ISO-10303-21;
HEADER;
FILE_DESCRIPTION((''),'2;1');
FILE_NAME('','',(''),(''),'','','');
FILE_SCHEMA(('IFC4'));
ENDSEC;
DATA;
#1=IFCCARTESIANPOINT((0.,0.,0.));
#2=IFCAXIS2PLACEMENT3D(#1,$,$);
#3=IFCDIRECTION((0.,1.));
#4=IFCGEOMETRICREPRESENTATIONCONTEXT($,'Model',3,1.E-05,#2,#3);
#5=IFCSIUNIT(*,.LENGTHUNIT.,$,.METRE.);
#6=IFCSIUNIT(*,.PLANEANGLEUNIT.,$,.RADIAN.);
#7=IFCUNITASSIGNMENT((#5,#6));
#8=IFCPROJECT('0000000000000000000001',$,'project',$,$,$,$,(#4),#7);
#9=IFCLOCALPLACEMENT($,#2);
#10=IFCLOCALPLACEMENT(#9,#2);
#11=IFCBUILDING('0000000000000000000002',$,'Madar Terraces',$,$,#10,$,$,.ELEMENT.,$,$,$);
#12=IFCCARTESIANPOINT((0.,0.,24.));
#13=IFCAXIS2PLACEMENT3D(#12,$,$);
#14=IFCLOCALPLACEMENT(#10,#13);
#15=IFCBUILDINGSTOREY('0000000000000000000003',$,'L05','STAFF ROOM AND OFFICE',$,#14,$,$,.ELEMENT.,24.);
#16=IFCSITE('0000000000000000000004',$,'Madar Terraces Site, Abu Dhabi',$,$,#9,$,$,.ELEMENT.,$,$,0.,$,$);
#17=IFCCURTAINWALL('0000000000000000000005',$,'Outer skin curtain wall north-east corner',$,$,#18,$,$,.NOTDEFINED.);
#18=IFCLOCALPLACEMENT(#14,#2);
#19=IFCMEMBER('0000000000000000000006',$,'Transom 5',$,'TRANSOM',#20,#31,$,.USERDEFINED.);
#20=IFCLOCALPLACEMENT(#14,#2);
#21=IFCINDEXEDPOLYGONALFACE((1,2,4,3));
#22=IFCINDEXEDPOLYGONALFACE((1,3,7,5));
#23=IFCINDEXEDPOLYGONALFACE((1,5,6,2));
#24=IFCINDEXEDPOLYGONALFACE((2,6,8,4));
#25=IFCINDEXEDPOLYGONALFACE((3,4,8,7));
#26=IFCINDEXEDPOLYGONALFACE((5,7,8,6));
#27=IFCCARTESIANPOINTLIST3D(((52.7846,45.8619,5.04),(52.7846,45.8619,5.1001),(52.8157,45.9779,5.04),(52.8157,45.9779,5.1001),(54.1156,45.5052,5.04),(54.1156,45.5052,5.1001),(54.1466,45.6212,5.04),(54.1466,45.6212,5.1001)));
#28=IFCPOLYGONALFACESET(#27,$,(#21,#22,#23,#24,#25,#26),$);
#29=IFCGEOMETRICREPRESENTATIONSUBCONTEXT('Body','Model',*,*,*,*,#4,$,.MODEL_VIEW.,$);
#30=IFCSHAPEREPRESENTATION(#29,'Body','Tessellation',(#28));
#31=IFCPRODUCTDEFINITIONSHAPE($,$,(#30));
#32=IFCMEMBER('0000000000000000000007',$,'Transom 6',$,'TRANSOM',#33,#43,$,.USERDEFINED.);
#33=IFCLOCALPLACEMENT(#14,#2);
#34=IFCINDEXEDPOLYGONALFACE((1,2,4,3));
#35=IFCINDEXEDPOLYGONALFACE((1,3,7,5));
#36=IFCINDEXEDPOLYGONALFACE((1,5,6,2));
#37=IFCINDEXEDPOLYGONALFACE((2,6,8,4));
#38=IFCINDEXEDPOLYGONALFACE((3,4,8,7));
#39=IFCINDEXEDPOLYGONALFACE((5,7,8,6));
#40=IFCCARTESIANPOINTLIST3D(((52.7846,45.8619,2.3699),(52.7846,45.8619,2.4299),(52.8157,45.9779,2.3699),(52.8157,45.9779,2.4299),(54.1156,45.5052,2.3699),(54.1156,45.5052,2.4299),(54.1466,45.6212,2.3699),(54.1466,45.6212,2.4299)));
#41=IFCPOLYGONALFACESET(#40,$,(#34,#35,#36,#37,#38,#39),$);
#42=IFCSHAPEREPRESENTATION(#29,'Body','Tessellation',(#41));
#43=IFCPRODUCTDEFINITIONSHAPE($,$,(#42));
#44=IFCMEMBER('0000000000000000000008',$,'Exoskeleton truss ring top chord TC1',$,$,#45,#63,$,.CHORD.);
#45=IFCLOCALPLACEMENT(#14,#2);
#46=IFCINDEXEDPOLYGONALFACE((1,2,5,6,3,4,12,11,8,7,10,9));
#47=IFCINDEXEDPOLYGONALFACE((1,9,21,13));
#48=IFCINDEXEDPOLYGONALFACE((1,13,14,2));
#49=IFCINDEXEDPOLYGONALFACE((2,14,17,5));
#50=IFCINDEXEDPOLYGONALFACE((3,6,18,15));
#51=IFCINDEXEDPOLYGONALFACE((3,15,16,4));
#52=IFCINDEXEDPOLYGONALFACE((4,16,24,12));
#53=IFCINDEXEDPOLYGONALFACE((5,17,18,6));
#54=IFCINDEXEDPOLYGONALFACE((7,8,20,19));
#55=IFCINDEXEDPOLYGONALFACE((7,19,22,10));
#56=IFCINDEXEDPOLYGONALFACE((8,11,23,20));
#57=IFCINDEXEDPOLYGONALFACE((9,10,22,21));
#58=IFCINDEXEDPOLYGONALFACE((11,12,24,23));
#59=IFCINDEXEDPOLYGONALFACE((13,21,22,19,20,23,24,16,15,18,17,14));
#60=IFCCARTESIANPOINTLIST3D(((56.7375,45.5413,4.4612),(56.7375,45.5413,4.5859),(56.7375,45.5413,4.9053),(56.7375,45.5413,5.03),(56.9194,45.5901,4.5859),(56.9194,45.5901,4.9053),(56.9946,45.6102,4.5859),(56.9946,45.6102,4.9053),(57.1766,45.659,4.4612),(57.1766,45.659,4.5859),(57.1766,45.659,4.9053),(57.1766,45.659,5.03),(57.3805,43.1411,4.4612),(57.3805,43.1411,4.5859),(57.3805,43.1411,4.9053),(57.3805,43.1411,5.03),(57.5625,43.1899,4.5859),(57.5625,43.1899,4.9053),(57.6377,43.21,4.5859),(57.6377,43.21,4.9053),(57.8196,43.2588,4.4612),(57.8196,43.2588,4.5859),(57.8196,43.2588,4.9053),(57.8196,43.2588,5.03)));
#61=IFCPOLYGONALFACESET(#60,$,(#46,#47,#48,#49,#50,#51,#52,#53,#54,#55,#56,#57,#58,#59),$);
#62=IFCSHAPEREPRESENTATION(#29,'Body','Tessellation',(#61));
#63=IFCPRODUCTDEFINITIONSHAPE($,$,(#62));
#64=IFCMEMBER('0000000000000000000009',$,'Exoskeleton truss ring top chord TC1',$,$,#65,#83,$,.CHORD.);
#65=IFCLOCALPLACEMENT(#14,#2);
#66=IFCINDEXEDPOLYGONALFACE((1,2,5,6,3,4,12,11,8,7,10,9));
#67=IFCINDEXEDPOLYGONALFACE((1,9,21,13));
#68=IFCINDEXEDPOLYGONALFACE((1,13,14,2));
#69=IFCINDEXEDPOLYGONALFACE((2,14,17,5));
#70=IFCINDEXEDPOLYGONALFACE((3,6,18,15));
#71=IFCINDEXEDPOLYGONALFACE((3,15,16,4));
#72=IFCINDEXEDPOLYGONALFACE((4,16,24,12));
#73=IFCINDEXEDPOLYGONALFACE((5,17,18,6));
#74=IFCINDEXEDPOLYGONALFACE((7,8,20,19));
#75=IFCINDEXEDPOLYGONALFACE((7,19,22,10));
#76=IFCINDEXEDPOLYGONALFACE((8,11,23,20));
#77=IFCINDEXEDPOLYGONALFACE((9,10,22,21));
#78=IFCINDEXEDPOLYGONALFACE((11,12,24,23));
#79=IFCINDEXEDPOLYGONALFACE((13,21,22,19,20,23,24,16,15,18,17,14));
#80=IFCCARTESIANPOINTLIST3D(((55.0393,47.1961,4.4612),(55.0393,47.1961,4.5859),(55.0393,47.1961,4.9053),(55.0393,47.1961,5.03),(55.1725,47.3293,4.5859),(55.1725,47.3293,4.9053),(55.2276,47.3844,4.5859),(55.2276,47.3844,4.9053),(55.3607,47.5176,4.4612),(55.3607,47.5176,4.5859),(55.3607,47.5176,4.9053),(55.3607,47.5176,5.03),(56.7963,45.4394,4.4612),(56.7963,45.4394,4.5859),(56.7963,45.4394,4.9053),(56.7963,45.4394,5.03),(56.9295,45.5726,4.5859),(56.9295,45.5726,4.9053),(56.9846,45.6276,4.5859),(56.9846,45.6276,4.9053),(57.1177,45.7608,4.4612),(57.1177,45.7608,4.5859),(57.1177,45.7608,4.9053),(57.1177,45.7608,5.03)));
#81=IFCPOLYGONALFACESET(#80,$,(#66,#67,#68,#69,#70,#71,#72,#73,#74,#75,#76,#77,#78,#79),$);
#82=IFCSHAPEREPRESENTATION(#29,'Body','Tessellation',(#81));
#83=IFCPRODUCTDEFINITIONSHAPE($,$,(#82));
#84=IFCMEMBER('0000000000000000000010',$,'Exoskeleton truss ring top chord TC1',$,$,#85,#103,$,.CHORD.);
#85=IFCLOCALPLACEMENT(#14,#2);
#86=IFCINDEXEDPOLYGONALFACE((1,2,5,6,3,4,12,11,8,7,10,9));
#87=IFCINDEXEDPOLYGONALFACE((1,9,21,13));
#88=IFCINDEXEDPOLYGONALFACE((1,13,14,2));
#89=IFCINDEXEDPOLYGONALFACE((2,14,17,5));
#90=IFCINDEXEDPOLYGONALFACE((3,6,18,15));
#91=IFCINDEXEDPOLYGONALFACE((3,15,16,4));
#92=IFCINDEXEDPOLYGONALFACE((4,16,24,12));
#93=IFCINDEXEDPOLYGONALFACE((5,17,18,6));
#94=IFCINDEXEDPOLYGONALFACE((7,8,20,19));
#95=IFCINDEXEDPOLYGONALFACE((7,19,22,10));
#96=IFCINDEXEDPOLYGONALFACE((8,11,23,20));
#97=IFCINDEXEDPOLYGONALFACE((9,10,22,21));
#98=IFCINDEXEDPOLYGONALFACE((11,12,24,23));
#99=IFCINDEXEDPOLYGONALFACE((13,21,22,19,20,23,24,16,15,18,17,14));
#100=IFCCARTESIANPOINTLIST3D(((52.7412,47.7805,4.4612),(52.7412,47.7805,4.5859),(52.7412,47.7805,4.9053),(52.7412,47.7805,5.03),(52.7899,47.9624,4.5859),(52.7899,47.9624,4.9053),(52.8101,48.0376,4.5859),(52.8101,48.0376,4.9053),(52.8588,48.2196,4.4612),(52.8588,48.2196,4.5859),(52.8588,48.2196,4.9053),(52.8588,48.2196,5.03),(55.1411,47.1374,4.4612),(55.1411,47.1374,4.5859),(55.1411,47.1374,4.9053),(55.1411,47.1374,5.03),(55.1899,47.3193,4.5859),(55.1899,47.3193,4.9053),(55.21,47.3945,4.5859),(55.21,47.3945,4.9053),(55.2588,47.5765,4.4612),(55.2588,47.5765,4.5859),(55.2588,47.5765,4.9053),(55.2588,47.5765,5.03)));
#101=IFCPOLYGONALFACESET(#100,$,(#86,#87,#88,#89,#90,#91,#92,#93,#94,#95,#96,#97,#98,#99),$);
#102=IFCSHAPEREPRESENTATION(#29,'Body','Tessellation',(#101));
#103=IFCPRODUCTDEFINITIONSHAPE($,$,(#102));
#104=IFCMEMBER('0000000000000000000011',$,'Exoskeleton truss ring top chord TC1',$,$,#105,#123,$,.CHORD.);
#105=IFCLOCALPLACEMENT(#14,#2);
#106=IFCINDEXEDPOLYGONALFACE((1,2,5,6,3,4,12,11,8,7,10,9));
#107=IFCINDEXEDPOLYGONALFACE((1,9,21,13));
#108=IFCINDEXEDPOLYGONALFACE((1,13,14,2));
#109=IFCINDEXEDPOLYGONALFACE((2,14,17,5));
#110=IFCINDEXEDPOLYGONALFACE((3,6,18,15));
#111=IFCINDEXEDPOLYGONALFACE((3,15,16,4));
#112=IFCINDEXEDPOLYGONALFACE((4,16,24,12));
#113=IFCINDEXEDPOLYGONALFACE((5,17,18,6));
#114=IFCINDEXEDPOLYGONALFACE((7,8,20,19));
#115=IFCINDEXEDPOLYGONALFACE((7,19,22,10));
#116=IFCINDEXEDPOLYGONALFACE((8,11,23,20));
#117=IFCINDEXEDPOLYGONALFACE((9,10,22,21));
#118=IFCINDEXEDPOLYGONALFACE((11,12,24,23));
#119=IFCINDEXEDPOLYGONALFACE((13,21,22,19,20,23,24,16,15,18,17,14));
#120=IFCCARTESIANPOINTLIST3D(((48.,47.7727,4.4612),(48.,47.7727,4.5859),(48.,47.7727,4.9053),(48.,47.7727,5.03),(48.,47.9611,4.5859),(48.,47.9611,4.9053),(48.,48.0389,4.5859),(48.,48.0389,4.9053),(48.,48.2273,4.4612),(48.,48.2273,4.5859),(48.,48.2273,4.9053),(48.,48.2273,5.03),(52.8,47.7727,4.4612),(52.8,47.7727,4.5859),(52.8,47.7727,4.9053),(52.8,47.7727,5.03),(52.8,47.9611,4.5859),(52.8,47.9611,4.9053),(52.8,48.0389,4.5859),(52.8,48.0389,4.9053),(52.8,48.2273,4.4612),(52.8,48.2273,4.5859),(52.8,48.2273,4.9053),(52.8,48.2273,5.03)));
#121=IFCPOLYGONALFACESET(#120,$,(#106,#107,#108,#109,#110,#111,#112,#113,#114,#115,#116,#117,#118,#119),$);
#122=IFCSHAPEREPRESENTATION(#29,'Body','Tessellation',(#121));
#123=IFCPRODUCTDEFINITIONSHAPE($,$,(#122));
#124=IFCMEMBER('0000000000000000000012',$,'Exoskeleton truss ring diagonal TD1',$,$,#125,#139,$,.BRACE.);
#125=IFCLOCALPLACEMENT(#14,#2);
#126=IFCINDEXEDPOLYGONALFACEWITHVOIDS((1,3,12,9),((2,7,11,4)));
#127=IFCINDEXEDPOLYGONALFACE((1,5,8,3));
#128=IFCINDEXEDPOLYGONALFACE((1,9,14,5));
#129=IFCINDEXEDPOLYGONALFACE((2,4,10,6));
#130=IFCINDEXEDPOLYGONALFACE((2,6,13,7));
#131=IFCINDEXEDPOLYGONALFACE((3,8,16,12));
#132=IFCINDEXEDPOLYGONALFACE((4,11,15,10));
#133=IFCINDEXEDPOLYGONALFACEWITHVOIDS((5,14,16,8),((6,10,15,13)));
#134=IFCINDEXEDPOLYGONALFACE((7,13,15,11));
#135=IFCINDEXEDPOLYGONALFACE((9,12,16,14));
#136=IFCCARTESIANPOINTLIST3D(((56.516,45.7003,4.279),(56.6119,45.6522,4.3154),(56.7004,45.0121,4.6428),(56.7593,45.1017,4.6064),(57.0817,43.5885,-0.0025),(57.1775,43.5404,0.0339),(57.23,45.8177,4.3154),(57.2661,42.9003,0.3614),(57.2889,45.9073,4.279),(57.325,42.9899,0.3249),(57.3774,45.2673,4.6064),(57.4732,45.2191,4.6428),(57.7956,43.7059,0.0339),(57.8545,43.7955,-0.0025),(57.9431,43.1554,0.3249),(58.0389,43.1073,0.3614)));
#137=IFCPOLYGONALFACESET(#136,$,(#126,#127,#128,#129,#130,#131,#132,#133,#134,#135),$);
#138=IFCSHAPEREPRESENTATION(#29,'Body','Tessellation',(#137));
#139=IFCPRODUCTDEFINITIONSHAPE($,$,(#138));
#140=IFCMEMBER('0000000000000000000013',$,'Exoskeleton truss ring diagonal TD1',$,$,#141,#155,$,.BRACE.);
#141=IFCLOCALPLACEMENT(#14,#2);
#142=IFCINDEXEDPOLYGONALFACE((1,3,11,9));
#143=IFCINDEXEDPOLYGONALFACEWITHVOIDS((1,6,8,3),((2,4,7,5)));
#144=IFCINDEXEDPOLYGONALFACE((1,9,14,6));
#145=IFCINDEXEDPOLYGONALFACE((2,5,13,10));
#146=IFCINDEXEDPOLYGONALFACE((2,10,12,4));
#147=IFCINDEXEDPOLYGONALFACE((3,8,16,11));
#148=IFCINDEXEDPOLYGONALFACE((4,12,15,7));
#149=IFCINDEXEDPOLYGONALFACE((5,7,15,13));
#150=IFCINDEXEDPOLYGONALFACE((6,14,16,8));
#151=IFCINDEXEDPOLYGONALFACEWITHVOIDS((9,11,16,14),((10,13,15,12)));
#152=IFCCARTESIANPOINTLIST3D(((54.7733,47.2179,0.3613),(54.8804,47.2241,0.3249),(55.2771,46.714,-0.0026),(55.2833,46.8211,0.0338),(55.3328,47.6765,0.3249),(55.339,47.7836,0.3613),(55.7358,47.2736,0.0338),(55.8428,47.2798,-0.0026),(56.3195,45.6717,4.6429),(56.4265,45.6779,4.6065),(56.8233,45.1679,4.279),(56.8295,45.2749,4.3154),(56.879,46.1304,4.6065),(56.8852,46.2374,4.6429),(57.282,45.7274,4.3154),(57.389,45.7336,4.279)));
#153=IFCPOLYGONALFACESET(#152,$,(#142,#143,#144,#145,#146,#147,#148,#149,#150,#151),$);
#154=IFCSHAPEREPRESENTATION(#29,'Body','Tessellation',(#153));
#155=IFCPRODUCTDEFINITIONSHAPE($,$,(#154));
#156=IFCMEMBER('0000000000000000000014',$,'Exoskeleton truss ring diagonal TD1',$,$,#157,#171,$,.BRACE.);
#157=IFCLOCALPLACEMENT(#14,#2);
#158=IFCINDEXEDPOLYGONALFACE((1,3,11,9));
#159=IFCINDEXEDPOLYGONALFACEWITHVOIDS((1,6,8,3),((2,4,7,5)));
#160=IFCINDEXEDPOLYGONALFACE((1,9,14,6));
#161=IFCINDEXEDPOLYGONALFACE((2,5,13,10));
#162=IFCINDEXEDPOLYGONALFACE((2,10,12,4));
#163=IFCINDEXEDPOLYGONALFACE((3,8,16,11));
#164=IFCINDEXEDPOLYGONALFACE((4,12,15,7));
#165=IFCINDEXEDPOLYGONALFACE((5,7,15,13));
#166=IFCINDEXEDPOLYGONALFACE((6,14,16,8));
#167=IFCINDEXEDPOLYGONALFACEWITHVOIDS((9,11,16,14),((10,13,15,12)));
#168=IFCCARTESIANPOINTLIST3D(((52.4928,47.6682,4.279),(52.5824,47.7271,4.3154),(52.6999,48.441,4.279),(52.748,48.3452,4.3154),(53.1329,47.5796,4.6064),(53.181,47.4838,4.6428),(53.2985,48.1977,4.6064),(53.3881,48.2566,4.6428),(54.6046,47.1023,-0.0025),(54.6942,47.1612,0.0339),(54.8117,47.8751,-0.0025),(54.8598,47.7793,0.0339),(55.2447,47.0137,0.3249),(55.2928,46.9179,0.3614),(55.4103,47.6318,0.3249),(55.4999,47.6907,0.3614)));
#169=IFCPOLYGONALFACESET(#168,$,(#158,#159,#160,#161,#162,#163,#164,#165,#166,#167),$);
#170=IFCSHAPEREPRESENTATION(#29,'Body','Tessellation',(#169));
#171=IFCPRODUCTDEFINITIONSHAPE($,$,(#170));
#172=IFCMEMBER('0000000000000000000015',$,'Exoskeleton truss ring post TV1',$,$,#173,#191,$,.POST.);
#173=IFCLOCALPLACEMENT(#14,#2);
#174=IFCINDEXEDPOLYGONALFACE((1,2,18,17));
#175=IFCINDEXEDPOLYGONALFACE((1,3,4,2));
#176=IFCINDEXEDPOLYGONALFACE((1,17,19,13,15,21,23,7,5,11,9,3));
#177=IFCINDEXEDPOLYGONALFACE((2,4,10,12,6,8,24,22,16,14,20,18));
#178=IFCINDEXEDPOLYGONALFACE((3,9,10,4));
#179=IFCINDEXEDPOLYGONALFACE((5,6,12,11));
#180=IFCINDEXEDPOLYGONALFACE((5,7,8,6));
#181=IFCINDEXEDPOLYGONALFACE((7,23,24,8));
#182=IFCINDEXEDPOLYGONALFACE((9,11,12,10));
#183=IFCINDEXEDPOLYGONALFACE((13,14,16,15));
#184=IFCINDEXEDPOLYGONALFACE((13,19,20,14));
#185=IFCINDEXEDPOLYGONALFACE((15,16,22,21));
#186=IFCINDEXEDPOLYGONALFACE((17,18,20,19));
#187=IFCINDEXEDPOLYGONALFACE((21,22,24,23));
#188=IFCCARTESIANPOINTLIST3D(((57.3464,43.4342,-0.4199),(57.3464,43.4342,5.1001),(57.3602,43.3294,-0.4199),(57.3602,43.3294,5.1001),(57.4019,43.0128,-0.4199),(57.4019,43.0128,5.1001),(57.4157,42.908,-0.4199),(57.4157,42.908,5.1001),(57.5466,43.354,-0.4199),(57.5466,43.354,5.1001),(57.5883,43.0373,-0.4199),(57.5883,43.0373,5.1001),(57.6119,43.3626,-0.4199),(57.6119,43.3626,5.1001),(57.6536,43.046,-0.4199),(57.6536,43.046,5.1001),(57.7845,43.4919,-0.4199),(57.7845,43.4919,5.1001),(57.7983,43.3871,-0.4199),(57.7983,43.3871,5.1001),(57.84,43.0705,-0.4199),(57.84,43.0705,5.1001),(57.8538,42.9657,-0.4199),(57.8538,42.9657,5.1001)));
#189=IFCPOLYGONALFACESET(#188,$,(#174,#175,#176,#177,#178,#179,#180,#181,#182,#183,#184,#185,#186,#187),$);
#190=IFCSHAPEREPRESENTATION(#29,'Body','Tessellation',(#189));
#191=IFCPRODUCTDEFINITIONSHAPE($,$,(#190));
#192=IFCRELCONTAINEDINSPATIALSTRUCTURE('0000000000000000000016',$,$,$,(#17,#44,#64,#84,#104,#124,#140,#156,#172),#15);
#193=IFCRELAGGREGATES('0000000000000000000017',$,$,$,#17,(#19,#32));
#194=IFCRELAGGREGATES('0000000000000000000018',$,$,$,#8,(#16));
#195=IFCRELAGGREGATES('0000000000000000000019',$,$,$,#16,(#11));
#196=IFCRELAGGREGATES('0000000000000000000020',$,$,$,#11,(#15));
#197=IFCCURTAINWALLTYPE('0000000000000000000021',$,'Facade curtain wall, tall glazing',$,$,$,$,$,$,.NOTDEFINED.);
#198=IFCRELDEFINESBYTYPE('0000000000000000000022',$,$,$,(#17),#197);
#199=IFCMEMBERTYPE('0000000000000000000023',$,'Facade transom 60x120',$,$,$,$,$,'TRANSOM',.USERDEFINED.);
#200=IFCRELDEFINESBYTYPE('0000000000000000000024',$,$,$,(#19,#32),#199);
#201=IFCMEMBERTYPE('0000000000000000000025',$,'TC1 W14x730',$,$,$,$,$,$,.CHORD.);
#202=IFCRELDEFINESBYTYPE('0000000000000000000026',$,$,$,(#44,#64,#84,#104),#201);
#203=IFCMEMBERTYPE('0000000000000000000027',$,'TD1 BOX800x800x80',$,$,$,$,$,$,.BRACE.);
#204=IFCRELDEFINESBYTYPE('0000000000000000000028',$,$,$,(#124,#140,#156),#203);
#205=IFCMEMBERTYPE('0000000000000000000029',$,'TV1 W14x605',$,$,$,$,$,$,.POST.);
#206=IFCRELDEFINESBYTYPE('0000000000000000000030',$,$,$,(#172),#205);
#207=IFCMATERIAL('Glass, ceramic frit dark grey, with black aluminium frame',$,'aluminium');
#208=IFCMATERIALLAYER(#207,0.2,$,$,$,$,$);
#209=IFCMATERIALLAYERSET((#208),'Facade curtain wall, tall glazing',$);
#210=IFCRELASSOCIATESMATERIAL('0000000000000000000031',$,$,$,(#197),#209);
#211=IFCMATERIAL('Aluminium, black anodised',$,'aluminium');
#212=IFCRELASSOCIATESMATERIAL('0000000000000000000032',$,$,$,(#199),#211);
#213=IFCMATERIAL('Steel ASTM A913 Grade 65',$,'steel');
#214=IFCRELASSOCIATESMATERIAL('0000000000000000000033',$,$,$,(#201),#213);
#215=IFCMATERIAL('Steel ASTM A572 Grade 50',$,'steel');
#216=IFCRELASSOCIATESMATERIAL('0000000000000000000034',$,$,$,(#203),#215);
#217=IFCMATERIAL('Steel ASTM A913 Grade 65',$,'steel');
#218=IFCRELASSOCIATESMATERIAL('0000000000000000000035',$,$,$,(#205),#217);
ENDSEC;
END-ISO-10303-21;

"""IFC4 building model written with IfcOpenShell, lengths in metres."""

from ifc_helpers import new_model, si_unit, direction, frame, origin, origin_2d, place, context, subcontext, project, spatial, rectangle, hollow_rectangle, i_section, extrude, material, layer, layer_set, material_profile, profile_set, type_object, element, aggregate, save


model = new_model("IFC4")

# Units and contexts
model_context = context("Model", 3, precision=1e-05, world=origin(), true_north=direction((0.0, 1.0)))
body_context = subcontext(model_context, "Body", "Model", "MODEL_VIEW")
ifc_project = project(units=[si_unit("LENGTHUNIT", "METRE"), si_unit("PLANEANGLEUNIT", "RADIAN")], contexts=[model_context])

# Site, building, storey
site_placement = place(None, origin())
site = spatial("IfcSite", under=ifc_project, at=site_placement, Name="Madar Terraces Site, Abu Dhabi", CompositionType="ELEMENT", RefElevation=0.0)
building_placement = place(site_placement, origin())
building = spatial("IfcBuilding", under=site, at=building_placement, Name="Madar Terraces", CompositionType="ELEMENT")
storey_placement = place(building_placement, frame((0.0, 0.0, 24.0)))
storey = spatial("IfcBuildingStorey", under=building, at=storey_placement, Name="L05", Description="STAFF ROOM AND OFFICE", CompositionType="ELEMENT", Elevation=24.0)

# Curtain wall
ifc_material_1 = material(Name="Glass, ceramic frit dark grey, with black aluminium frame", Category="aluminium")
ifc_layer_1 = layer(ifc_material_1, 0.2)
ifc_layer_set_1 = layer_set([ifc_layer_1], Name="Facade curtain wall, tall glazing")
curtain_wall_type = type_object("IfcCurtainWallType", Name="Facade curtain wall, tall glazing", PredefinedType="NOTDEFINED", material=ifc_layer_set_1)
curtain_wall_1_placement = place(storey_placement, origin())
curtain_wall_1 = element("IfcCurtainWall", 1, at=curtain_wall_1_placement, inside=storey, type_object=curtain_wall_type, Name="Outer skin curtain wall north-east corner", PredefinedType="NOTDEFINED")
ifc_material_2 = material(Name="Aluminium, black anodised", Category="aluminium")
ifc_material_profile_1 = material_profile(ifc_material_2, rectangle(XDim=0.1201, YDim=0.0601, at=origin_2d()), Name="Facade transom 60x120")
ifc_profile_set_1 = profile_set([ifc_material_profile_1], Name="Aluminium, black anodised")
member_type_1 = type_object("IfcMemberType", Name="Facade transom 60x120", ElementType="TRANSOM", PredefinedType="USERDEFINED", material=ifc_profile_set_1)

# Members
member_1_placement = place(storey_placement, frame((54.1311, 45.5632, 5.0701), z_axis=(-0.96592, 0.258842, 0.0), x_axis=(-0.258842, -0.96592, 0.0)))
member_1 = element("IfcMember", 2, at=member_1_placement, type_object=member_type_1, Name="Transom 5", ObjectType="TRANSOM", PredefinedType="USERDEFINED", context=body_context, shape_type="SweptSolid", body=[
    extrude(rectangle(XDim=0.1201, YDim=0.0601, at=origin_2d()), origin(), (0.0, 0.0, 1.0), 1.3779),
])
member_2_placement = place(storey_placement, frame((54.1311, 45.5632, 2.3999), z_axis=(-0.96592, 0.258842, 0.0), x_axis=(-0.258842, -0.96592, 0.0)))
member_2 = element("IfcMember", 3, at=member_2_placement, type_object=member_type_1, Name="Transom 6", ObjectType="TRANSOM", PredefinedType="USERDEFINED", context=body_context, shape_type="SweptSolid", body=[
    extrude(rectangle(XDim=0.1201, YDim=0.0601, at=origin_2d()), origin(), (0.0, 0.0, 1.0), 1.3779),
])

# Members
ifc_material_3 = material(Name="Steel ASTM A913 Grade 65", Category="steel")
ifc_material_profile_2 = material_profile(ifc_material_3, i_section(OverallWidth=0.4546, OverallDepth=0.5688, WebThickness=0.0779, FlangeThickness=0.1248, at=origin_2d()), Name="W14x730")
ifc_profile_set_2 = profile_set([ifc_material_profile_2], Name="Steel ASTM A913 Grade 65")
member_type_2 = type_object("IfcMemberType", Name="TC1 W14x730", PredefinedType="CHORD", material=ifc_profile_set_2)
member_3_placement = place(storey_placement, frame((57.6001, 43.2, 4.7456), z_axis=(-0.2588, 0.965931, 0.0), x_axis=(-0.965931, -0.2588, 0.0)))
element("IfcMember", 4, at=member_3_placement, inside=storey, type_object=member_type_2, Name="Exoskeleton truss ring top chord TC1", PredefinedType="CHORD", context=body_context, shape_type="SweptSolid", body=[
    extrude(i_section(OverallWidth=0.4546, OverallDepth=0.5688, WebThickness=0.0779, FlangeThickness=0.1248, at=origin_2d()), origin(), (0.0, 0.0, 1.0), 2.4849),
])
for number, where, z_axis, x_axis, name in (
    (5, (56.957, 45.6001, 4.7456), (-0.707156, 0.707058, 0.0), (-0.707058, -0.707156, 0.0), "Exoskeleton truss ring top chord TC1"),
    (6, (55.2, 47.3569, 4.7456), (-0.965924, 0.258824, 0.0), (-0.258824, -0.965924, 0.0), "Exoskeleton truss ring top chord TC1"),
):
    element("IfcMember", number, at=place(storey_placement, frame(where, z_axis=z_axis, x_axis=x_axis)), inside=storey, type_object=member_type_2, Name=name, PredefinedType="CHORD", context=body_context, shape_type="SweptSolid", body=[
        extrude(i_section(OverallWidth=0.4546, OverallDepth=0.5688, WebThickness=0.0779, FlangeThickness=0.1248, at=origin_2d()), origin(), (0.0, 0.0, 1.0), 2.4846),
    ])
member_4_placement = place(storey_placement, frame((52.8, 48.0, 4.7456), z_axis=(-1.0, 0.0, 0.0), x_axis=(0.0, -1.0, 0.0)))
element("IfcMember", 7, at=member_4_placement, inside=storey, type_object=member_type_2, Name="Exoskeleton truss ring top chord TC1", PredefinedType="CHORD", context=body_context, shape_type="SweptSolid", body=[
    extrude(i_section(OverallWidth=0.4546, OverallDepth=0.5688, WebThickness=0.0779, FlangeThickness=0.1248, at=origin_2d()), origin(), (0.0, 0.0, 1.0), 4.8),
])
ifc_material_4 = material(Name="Steel ASTM A572 Grade 50", Category="steel")
ifc_material_profile_3 = material_profile(ifc_material_4, hollow_rectangle(XDim=0.8, YDim=0.8, WallThickness=0.0801, at=origin_2d()), Name="BOX800x800x80")
ifc_profile_set_3 = profile_set([ifc_material_profile_3], Name="Steel ASTM A572 Grade 50")
member_type_3 = type_object("IfcMemberType", Name="TD1 BOX800x800x80", PredefinedType="BRACE", material=ifc_profile_set_3)
member_5_placement = place(storey_placement, frame((57.5603, 43.3479, 0.1794), z_axis=(-0.117668, 0.439286, 0.890608), x_axis=(-0.965947, -0.25874, 0.0)))
element("IfcMember", 8, at=member_5_placement, inside=storey, type_object=member_type_3, Name="Exoskeleton truss ring diagonal TD1", PredefinedType="BRACE", context=body_context, shape_type="SweptSolid", body=[
    extrude(hollow_rectangle(XDim=0.8, YDim=0.8, WallThickness=0.0801, at=origin_2d()), origin(), (0.0, 0.0, 1.0), 4.8074),
])
member_6_placement = place(storey_placement, frame((56.8542, 45.7026, 4.4609), z_axis=(-0.321609, 0.321609, -0.890582), x_axis=(-0.707107, -0.707107, 0.0)))
element("IfcMember", 9, at=member_6_placement, inside=storey, type_object=member_type_3, Name="Exoskeleton truss ring diagonal TD1", PredefinedType="BRACE", context=body_context, shape_type="SweptSolid", body=[
    extrude(hollow_rectangle(XDim=0.8, YDim=0.8, WallThickness=0.0801, at=origin_2d()), origin(), (0.0, 0.0, 1.0), 4.8076),
])
member_7_placement = place(storey_placement, frame((55.0522, 47.3965, 0.1794), z_axis=(-0.439283, 0.117718, 0.890602), x_axis=(-0.258844, -0.965919, 0.0)))
element("IfcMember", 10, at=member_7_placement, inside=storey, type_object=member_type_3, Name="Exoskeleton truss ring diagonal TD1", PredefinedType="BRACE", context=body_context, shape_type="SweptSolid", body=[
    extrude(hollow_rectangle(XDim=0.8, YDim=0.8, WallThickness=0.0801, at=origin_2d()), origin(), (0.0, 0.0, 1.0), 4.8074),
])
ifc_material_5 = material(Name="Steel ASTM A913 Grade 65", Category="steel")
ifc_material_profile_4 = material_profile(ifc_material_5, i_section(OverallWidth=0.4419, OverallDepth=0.5308, WebThickness=0.0659, FlangeThickness=0.1057, at=origin_2d()), Name="W14x605")
ifc_profile_set_4 = profile_set([ifc_material_profile_4], Name="Steel ASTM A913 Grade 65")
member_type_4 = type_object("IfcMemberType", Name="TV1 W14x605", PredefinedType="POST", material=ifc_profile_set_4)
member_8_placement = place(storey_placement, frame((57.6001, 43.2, -0.4199), z_axis=(0.0, 0.0, 1.0), x_axis=(-0.991445, -0.130526, 0.0)))
element("IfcMember", 11, at=member_8_placement, inside=storey, type_object=member_type_4, Name="Exoskeleton truss ring post TV1", PredefinedType="POST", context=body_context, shape_type="SweptSolid", body=[
    extrude(i_section(OverallWidth=0.4419, OverallDepth=0.5308, WebThickness=0.0659, FlangeThickness=0.1057, at=origin_2d()), origin(), (0.0, 0.0, 1.0), 5.52),
])

aggregate(curtain_wall_1, [member_1, member_2])

save(model, "model.ifc")
